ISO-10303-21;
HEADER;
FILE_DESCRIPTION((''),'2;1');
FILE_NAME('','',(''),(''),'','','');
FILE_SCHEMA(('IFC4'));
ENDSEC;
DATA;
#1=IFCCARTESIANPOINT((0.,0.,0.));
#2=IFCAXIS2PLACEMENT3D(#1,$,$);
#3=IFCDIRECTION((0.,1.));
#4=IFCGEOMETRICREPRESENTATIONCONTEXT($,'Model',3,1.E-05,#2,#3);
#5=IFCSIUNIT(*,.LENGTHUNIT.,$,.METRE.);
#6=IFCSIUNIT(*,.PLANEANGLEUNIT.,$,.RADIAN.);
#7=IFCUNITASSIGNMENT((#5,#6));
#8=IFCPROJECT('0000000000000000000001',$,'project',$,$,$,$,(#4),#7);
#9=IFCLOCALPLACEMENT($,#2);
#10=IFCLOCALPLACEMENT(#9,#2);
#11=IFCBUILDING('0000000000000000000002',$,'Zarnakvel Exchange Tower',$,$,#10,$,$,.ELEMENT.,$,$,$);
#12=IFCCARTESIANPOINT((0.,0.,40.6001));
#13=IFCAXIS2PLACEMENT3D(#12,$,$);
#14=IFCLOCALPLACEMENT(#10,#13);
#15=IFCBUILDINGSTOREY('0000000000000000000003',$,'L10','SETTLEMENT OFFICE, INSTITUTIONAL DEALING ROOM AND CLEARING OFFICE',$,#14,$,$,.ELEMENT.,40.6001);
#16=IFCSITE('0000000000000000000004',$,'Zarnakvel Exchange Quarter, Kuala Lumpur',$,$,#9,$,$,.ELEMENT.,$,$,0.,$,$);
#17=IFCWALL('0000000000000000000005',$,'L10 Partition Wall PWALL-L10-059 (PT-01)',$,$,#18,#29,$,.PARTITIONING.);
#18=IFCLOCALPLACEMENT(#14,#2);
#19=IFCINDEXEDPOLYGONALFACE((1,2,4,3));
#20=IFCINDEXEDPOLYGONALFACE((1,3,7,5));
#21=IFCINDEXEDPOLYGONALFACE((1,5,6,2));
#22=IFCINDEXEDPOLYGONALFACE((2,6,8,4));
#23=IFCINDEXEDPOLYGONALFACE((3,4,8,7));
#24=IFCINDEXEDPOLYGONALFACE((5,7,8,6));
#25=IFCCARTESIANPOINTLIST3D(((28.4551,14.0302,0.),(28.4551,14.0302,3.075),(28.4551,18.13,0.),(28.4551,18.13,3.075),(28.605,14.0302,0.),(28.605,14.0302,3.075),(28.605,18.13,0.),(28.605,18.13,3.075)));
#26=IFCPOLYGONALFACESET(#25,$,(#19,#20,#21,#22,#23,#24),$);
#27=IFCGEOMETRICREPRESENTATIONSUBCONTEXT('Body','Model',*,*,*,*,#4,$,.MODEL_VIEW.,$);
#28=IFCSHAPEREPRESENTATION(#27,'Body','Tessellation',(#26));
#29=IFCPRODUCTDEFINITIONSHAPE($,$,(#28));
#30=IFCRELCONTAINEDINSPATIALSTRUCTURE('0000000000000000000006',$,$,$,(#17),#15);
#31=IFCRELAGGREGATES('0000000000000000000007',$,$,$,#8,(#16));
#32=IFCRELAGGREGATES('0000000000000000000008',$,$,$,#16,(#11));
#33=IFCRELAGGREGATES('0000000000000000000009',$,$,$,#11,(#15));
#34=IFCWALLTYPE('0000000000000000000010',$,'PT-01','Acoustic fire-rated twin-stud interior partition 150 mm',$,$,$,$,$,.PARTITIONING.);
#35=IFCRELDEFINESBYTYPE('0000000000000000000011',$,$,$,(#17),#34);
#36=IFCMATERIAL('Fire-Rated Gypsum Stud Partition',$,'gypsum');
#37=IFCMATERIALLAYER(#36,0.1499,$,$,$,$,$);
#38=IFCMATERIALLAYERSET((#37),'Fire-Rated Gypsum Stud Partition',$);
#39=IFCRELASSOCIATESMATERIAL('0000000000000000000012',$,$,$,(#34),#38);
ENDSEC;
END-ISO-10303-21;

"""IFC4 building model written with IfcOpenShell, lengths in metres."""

from ifc_helpers import new_model, si_unit, direction, frame, frame_2d, origin, place, context, subcontext, project, spatial, rectangle, extrude, material, layer, layer_set, type_object, element, save


model = new_model("IFC4")

# Units and contexts
model_context = context("Model", 3, precision=1e-05, world=origin(), true_north=direction((0.0, 1.0)))
body_context = subcontext(model_context, "Body", "Model", "MODEL_VIEW")
ifc_project = project(units=[si_unit("LENGTHUNIT", "METRE"), si_unit("PLANEANGLEUNIT", "RADIAN")], contexts=[model_context])

# Site, building, storey
site_placement = place(None, origin())
site = spatial("IfcSite", under=ifc_project, at=site_placement, Name="Zarnakvel Exchange Quarter, Kuala Lumpur", CompositionType="ELEMENT", RefElevation=0.0)
building_placement = place(site_placement, origin())
building = spatial("IfcBuilding", under=site, at=building_placement, Name="Zarnakvel Exchange Tower", CompositionType="ELEMENT")
storey_placement = place(building_placement, frame((0.0, 0.0, 40.6001)))
storey = spatial("IfcBuildingStorey", under=building, at=storey_placement, Name="L10", Description="SETTLEMENT OFFICE, INSTITUTIONAL DEALING ROOM AND CLEARING OFFICE", CompositionType="ELEMENT", Elevation=40.6001)

# Shared definitions
ifc_material_1 = material(Name="Fire-Rated Gypsum Stud Partition", Category="gypsum")
ifc_layer_1 = layer(ifc_material_1, 0.1499)
ifc_layer_set_1 = layer_set([ifc_layer_1], Name="Fire-Rated Gypsum Stud Partition")
wall_type_1 = type_object("IfcWallType", Name="PT-01", Description="Acoustic fire-rated twin-stud interior partition 150 mm", PredefinedType="PARTITIONING", material=ifc_layer_set_1)

# Wall
wall_1_placement = place(storey_placement, frame((28.53, 18.1299, 0.0), z_axis=(0.0, 0.0, 1.0), x_axis=(0.0, -1.0, 0.0)))
element("IfcWall", 1, at=wall_1_placement, inside=storey, type_object=wall_type_1, Name="L10 Partition Wall PWALL-L10-059 (PT-01)", PredefinedType="PARTITIONING", context=body_context, shape_type="SweptSolid", body=[
    extrude(rectangle(XDim=4.0999, YDim=0.1499, at=frame_2d((2.0498, 0.0))), origin(), (0.0, 0.0, 1.0), 3.075),
])

save(model, "model.ifc")
